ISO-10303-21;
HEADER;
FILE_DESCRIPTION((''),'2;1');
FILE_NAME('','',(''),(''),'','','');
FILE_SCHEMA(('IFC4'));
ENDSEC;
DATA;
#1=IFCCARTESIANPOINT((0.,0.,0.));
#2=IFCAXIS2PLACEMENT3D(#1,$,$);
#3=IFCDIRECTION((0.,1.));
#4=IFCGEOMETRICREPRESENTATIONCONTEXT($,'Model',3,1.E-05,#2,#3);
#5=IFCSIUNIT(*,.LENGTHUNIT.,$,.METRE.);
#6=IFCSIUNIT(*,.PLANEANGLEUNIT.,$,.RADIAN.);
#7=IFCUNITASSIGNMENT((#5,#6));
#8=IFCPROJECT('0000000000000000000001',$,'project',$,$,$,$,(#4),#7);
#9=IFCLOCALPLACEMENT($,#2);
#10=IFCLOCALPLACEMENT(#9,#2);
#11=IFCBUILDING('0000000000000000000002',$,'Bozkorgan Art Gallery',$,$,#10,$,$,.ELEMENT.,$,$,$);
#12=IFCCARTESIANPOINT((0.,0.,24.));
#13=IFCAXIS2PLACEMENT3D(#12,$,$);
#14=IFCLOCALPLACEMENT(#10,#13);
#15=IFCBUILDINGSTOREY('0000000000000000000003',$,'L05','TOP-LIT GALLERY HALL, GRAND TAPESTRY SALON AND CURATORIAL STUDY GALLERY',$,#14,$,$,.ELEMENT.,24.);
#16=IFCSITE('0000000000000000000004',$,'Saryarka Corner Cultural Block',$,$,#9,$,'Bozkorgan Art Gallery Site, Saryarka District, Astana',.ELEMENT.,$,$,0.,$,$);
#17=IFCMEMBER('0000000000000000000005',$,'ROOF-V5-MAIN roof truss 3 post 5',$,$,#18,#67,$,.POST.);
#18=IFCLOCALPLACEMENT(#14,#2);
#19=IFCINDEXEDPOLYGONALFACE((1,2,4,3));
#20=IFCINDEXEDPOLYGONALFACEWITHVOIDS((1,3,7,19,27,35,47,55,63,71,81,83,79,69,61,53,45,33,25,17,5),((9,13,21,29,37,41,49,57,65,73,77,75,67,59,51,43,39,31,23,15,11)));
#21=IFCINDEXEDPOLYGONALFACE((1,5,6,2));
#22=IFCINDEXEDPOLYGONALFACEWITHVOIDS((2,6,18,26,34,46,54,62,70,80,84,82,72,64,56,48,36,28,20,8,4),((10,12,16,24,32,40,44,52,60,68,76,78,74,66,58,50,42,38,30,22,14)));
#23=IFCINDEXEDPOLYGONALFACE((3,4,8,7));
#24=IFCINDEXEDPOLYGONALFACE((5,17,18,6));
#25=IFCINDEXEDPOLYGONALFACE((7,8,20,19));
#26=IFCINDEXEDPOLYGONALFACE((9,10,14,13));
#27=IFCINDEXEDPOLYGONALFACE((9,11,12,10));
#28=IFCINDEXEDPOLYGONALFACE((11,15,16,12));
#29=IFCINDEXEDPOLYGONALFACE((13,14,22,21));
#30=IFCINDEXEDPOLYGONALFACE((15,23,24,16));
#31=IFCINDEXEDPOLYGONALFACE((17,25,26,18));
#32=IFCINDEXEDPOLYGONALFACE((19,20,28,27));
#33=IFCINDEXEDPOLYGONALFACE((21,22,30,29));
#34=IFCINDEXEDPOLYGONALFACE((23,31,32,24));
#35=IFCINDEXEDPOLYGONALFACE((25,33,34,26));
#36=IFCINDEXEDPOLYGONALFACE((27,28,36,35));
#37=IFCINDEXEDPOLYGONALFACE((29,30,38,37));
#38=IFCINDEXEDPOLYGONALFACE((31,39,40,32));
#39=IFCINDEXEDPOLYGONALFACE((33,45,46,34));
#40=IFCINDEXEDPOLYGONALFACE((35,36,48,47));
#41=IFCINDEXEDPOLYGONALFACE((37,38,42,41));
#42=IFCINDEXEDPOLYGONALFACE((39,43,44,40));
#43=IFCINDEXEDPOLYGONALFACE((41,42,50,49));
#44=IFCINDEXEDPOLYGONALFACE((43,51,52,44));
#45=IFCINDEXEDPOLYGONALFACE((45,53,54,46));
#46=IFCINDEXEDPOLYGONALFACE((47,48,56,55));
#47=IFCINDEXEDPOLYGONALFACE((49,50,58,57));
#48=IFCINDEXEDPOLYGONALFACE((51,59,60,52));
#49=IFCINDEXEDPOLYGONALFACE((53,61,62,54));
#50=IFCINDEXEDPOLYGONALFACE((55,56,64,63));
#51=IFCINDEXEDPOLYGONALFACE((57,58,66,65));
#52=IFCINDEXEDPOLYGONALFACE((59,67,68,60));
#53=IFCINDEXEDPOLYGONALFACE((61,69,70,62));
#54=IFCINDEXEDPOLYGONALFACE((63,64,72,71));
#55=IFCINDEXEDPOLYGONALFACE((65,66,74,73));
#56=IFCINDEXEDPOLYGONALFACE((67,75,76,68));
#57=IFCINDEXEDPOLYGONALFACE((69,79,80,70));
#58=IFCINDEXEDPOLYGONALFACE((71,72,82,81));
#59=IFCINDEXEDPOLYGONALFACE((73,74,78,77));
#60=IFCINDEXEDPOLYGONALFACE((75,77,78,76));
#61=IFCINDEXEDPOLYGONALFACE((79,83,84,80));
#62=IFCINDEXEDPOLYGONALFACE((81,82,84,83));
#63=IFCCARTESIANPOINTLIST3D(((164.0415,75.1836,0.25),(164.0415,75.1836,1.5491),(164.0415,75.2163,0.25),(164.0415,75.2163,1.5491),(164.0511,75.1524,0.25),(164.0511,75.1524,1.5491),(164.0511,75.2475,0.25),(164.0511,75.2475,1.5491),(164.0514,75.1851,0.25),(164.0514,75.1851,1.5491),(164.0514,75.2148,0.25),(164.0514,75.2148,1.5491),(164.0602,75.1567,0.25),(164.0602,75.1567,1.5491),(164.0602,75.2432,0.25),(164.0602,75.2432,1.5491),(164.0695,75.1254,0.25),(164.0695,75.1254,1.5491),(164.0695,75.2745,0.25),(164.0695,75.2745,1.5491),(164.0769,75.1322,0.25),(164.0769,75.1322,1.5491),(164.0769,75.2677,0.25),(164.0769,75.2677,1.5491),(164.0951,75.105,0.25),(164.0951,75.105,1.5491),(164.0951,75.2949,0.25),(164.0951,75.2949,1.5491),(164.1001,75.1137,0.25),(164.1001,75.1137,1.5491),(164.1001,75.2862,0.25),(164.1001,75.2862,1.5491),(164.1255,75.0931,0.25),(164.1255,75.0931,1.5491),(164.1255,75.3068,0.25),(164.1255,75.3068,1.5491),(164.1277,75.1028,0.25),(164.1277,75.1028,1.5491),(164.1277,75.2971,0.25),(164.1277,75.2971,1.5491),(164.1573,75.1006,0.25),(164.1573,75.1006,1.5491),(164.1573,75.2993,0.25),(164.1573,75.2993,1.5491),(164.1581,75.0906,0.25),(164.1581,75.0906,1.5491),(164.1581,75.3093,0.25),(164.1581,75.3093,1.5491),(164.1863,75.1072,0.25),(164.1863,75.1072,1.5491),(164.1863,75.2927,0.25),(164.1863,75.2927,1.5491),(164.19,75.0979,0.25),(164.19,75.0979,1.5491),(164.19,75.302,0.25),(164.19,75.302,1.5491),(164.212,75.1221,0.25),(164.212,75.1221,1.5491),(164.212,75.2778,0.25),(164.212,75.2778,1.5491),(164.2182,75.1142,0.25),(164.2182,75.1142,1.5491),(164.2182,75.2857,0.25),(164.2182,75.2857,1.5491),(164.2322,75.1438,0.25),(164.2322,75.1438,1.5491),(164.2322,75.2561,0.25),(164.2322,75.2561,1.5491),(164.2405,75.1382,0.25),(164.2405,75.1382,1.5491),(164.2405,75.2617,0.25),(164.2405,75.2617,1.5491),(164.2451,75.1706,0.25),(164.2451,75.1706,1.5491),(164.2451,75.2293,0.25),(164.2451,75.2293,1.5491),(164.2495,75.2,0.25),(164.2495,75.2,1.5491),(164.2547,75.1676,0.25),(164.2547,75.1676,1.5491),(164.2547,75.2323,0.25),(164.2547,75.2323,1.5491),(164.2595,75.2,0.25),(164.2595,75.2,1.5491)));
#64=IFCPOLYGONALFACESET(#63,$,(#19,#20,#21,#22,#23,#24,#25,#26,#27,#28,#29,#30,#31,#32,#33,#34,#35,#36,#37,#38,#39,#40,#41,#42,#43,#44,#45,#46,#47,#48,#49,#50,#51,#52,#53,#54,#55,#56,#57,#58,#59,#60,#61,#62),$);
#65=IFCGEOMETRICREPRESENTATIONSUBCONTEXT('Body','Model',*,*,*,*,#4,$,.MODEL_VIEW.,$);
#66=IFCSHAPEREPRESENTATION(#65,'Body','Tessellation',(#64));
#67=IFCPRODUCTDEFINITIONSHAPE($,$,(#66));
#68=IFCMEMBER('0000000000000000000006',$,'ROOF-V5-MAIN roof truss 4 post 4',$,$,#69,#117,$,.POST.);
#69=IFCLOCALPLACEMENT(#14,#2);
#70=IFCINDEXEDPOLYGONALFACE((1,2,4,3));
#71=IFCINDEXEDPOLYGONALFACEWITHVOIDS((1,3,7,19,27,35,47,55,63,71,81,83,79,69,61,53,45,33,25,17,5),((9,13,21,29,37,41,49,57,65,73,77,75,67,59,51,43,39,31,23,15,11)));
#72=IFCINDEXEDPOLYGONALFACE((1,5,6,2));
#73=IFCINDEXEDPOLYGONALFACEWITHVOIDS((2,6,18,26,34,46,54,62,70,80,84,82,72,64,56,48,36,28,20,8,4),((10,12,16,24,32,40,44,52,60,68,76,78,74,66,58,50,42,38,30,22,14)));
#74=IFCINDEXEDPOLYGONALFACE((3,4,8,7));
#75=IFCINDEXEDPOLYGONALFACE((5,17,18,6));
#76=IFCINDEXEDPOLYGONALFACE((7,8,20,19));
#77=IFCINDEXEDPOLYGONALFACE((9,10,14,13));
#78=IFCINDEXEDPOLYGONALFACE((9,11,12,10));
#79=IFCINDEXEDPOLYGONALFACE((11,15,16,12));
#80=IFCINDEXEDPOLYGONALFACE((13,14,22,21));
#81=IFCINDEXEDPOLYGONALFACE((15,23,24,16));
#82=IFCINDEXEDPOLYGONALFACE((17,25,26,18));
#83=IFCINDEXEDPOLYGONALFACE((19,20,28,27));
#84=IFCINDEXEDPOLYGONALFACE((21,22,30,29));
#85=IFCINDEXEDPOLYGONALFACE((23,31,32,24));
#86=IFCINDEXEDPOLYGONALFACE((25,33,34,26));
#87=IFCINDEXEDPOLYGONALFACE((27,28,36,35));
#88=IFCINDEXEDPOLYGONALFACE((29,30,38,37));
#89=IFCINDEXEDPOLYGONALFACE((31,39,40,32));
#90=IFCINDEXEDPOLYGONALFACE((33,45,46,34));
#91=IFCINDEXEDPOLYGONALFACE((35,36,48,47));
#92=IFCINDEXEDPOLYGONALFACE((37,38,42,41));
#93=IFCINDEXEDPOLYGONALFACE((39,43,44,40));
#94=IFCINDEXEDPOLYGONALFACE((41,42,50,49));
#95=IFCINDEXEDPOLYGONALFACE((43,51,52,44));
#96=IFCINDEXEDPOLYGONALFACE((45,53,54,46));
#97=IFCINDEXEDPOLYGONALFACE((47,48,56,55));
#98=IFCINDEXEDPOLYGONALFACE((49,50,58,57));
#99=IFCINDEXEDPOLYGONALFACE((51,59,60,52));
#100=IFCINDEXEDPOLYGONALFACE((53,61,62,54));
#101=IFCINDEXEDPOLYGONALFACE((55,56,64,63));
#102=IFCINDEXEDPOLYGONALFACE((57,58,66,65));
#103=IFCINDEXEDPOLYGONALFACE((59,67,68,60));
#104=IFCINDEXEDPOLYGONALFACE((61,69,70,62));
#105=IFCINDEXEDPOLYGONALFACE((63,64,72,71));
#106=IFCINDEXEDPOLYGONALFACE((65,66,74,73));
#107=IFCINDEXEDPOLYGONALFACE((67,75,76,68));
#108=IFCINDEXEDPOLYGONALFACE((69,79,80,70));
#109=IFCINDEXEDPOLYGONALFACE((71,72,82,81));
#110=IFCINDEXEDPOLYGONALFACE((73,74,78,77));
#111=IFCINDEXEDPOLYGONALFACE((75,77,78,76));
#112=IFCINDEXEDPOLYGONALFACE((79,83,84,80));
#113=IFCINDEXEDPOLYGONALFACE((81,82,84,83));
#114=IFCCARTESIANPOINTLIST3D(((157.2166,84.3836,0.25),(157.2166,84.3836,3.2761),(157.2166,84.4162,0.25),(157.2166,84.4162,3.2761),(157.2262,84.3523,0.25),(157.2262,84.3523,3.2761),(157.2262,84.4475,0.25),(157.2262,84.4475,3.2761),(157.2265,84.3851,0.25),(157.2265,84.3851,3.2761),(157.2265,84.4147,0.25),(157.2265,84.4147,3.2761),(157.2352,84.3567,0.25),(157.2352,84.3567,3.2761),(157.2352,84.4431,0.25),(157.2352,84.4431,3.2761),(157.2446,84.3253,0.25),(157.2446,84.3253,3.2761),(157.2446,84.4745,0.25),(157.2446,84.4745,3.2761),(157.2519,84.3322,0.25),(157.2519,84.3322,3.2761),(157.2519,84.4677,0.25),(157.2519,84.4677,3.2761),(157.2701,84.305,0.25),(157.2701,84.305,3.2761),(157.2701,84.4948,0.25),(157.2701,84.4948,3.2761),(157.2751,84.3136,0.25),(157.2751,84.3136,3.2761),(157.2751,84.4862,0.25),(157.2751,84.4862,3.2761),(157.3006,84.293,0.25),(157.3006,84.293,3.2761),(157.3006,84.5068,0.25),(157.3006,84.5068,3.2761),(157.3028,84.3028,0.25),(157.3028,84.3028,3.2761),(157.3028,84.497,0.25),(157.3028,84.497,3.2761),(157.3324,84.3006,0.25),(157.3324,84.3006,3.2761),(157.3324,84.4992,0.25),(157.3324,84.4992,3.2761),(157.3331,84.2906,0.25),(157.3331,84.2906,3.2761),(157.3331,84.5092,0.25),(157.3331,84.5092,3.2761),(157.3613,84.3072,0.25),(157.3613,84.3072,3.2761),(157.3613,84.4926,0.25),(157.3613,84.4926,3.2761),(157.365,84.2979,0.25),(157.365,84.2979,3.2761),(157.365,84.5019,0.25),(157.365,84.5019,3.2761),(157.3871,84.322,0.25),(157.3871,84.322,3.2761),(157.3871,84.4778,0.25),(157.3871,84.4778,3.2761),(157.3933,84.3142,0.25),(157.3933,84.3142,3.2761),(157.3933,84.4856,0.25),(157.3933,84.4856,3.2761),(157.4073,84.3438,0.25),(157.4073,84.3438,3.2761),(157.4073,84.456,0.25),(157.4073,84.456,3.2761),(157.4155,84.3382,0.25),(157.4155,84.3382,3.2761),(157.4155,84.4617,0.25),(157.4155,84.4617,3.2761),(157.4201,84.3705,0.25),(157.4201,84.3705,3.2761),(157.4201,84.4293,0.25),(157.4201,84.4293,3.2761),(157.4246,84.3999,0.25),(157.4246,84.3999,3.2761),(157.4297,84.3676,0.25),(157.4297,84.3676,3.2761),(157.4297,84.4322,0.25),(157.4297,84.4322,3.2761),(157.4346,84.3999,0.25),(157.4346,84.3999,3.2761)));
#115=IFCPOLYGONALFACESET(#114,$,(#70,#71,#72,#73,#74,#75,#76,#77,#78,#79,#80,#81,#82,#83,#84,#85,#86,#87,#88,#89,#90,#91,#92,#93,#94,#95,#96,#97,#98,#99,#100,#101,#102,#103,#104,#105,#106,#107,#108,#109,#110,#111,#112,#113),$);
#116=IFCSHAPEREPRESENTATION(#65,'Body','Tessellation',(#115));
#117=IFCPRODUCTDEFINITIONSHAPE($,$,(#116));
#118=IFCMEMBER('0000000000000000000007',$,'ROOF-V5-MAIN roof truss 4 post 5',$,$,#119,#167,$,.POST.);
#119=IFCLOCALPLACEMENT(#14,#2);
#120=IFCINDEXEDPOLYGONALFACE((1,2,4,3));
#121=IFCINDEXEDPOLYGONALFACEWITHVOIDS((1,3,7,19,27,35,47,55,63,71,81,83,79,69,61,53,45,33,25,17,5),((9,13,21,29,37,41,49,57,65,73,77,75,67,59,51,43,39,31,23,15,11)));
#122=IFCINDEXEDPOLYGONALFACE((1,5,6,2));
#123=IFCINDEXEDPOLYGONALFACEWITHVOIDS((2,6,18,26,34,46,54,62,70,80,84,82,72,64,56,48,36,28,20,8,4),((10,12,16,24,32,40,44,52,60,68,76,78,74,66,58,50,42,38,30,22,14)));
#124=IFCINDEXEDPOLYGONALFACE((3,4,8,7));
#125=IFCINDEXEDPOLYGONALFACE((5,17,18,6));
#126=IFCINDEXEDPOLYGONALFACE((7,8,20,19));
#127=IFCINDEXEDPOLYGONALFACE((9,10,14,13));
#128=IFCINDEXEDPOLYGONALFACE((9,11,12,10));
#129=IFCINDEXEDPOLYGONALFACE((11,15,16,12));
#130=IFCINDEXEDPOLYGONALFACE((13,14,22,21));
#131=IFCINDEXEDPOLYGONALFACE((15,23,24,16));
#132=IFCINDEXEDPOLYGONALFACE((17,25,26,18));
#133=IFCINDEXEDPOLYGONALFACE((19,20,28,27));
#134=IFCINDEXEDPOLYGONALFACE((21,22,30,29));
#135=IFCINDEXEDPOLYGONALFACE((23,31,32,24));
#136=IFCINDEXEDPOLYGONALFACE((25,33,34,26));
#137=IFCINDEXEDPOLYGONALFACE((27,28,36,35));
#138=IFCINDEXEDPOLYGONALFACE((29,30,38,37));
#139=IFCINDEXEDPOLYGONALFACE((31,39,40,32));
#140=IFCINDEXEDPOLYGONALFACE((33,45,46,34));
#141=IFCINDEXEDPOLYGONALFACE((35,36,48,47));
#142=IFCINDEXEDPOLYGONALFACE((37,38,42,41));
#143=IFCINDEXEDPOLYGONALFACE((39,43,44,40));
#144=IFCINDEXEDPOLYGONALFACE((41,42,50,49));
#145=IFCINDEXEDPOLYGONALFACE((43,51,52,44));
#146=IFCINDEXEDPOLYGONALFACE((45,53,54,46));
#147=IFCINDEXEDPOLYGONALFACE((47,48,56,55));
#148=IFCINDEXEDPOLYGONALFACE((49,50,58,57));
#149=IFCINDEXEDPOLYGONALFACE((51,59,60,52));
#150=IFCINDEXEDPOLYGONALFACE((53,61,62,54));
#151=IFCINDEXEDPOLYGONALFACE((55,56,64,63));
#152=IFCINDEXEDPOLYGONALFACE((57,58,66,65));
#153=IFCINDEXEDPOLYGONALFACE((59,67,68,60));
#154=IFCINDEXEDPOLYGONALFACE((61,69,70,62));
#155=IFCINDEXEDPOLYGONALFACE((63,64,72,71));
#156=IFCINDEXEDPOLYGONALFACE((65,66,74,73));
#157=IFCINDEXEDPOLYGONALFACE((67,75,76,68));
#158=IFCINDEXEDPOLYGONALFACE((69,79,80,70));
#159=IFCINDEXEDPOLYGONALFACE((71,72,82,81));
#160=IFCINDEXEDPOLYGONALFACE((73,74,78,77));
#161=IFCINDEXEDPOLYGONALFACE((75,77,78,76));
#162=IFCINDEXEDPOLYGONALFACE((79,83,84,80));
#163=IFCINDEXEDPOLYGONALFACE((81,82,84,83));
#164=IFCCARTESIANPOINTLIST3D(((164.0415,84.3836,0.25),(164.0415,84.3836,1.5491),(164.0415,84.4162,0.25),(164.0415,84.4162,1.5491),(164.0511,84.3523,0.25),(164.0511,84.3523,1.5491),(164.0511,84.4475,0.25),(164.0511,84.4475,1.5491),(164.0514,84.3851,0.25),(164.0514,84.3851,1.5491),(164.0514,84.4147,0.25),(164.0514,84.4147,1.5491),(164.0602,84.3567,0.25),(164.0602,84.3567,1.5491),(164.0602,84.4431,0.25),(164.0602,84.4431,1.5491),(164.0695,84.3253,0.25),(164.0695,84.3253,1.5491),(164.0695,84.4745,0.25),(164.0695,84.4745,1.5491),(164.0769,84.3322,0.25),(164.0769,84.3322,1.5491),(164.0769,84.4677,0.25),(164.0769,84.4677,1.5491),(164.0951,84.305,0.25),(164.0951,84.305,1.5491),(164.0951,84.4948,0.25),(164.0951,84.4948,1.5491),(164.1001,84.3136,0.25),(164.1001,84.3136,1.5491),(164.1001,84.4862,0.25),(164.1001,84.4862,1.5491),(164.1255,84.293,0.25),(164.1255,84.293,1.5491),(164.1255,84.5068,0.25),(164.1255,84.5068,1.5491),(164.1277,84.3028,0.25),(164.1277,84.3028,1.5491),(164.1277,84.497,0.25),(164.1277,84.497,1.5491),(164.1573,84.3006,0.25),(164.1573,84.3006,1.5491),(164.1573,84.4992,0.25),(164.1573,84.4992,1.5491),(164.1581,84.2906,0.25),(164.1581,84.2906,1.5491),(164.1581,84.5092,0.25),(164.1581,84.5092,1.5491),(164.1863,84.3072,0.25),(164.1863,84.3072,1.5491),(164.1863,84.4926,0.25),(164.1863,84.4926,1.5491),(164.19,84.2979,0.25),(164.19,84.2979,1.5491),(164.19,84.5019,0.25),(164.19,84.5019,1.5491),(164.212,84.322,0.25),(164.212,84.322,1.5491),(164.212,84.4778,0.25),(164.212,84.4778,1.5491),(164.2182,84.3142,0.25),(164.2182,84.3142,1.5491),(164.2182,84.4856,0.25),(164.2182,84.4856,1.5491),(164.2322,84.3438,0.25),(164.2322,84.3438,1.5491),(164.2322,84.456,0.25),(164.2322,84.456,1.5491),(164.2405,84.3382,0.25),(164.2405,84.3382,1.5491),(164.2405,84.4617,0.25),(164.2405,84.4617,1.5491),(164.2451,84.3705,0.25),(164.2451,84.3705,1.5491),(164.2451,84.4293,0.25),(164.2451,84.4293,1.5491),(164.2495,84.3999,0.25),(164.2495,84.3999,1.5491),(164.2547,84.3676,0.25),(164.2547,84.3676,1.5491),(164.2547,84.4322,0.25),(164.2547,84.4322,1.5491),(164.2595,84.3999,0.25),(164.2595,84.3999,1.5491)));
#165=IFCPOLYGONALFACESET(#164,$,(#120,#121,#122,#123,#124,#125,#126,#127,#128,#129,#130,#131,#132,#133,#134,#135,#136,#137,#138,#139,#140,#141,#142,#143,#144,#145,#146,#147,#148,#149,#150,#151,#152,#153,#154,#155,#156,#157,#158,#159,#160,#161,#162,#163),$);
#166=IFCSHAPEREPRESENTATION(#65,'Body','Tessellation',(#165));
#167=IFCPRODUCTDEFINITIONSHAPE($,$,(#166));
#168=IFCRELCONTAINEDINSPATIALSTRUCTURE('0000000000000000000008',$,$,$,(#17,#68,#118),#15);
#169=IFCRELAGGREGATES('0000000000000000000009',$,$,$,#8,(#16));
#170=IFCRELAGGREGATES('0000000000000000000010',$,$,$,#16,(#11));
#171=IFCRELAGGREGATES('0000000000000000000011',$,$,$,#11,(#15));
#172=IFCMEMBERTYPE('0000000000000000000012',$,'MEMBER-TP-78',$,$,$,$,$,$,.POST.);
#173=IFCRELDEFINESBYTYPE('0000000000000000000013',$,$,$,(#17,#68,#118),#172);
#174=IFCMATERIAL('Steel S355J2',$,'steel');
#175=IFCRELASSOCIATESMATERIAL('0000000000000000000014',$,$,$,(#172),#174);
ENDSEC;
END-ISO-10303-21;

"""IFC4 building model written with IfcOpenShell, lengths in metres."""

from ifc_helpers import new_model, si_unit, direction, frame, origin, origin_2d, place, context, subcontext, project, spatial, hollow_circle, extrude, material, material_profile, profile_set, type_object, element, save


model = new_model("IFC4")

# Units and contexts
model_context = context("Model", 3, precision=1e-05, world=origin(), true_north=direction((0.0, 1.0)))
body_context = subcontext(model_context, "Body", "Model", "MODEL_VIEW")
ifc_project = project(units=[si_unit("LENGTHUNIT", "METRE"), si_unit("PLANEANGLEUNIT", "RADIAN")], contexts=[model_context])

# Site, building, storey
site_placement = place(None, origin())
site = spatial("IfcSite", under=ifc_project, at=site_placement, Name="Saryarka Corner Cultural Block", LongName="Bozkorgan Art Gallery Site, Saryarka District, Astana", CompositionType="ELEMENT", RefElevation=0.0)
building_placement = place(site_placement, origin())
building = spatial("IfcBuilding", under=site, at=building_placement, Name="Bozkorgan Art Gallery", CompositionType="ELEMENT")
storey_placement = place(building_placement, frame((0.0, 0.0, 24.0)))
storey = spatial("IfcBuildingStorey", under=building, at=storey_placement, Name="L05", Description="TOP-LIT GALLERY HALL, GRAND TAPESTRY SALON AND CURATORIAL STUDY GALLERY", CompositionType="ELEMENT", Elevation=24.0)

# Members
ifc_material = material(Name="Steel S355J2", Category="steel")
ifc_material_profile_1 = material_profile(ifc_material, hollow_circle(Radius=0.1096, WallThickness=0.01, at=origin_2d()), Name="CHS 219.1x10")
ifc_profile_set_1 = profile_set([ifc_material_profile_1], Name="Steel S355J2")
member_type_1 = type_object("IfcMemberType", Name="MEMBER-TP-78", PredefinedType="POST", material=ifc_profile_set_1)
member_1_placement = place(storey_placement, frame((164.1499, 75.2, 0.25), z_axis=(0.0, 0.0, 1.0), x_axis=(1.0, 0.0, 0.0)))
element("IfcMember", 1, at=member_1_placement, inside=storey, type_object=member_type_1, Name="ROOF-V5-MAIN roof truss 3 post 5", PredefinedType="POST", context=body_context, shape_type="SweptSolid", body=[
    extrude(hollow_circle(Radius=0.1096, WallThickness=0.01, at=origin_2d()), origin(), (0.0, 0.0, 1.0), 1.2991),
])
member_2_placement = place(storey_placement, frame((157.325, 84.3999, 0.25), z_axis=(0.0, 0.0, 1.0), x_axis=(1.0, 0.0, 0.0)))
element("IfcMember", 2, at=member_2_placement, inside=storey, type_object=member_type_1, Name="ROOF-V5-MAIN roof truss 4 post 4", PredefinedType="POST", context=body_context, shape_type="SweptSolid", body=[
    extrude(hollow_circle(Radius=0.1096, WallThickness=0.01, at=origin_2d()), origin(), (0.0, 0.0, 1.0), 3.0261),
])
member_3_placement = place(storey_placement, frame((164.1499, 84.3999, 0.25), z_axis=(0.0, 0.0, 1.0), x_axis=(1.0, 0.0, 0.0)))
element("IfcMember", 3, at=member_3_placement, inside=storey, type_object=member_type_1, Name="ROOF-V5-MAIN roof truss 4 post 5", PredefinedType="POST", context=body_context, shape_type="SweptSolid", body=[
    extrude(hollow_circle(Radius=0.1096, WallThickness=0.01, at=origin_2d()), origin(), (0.0, 0.0, 1.0), 1.2991),
])

save(model, "model.ifc")
